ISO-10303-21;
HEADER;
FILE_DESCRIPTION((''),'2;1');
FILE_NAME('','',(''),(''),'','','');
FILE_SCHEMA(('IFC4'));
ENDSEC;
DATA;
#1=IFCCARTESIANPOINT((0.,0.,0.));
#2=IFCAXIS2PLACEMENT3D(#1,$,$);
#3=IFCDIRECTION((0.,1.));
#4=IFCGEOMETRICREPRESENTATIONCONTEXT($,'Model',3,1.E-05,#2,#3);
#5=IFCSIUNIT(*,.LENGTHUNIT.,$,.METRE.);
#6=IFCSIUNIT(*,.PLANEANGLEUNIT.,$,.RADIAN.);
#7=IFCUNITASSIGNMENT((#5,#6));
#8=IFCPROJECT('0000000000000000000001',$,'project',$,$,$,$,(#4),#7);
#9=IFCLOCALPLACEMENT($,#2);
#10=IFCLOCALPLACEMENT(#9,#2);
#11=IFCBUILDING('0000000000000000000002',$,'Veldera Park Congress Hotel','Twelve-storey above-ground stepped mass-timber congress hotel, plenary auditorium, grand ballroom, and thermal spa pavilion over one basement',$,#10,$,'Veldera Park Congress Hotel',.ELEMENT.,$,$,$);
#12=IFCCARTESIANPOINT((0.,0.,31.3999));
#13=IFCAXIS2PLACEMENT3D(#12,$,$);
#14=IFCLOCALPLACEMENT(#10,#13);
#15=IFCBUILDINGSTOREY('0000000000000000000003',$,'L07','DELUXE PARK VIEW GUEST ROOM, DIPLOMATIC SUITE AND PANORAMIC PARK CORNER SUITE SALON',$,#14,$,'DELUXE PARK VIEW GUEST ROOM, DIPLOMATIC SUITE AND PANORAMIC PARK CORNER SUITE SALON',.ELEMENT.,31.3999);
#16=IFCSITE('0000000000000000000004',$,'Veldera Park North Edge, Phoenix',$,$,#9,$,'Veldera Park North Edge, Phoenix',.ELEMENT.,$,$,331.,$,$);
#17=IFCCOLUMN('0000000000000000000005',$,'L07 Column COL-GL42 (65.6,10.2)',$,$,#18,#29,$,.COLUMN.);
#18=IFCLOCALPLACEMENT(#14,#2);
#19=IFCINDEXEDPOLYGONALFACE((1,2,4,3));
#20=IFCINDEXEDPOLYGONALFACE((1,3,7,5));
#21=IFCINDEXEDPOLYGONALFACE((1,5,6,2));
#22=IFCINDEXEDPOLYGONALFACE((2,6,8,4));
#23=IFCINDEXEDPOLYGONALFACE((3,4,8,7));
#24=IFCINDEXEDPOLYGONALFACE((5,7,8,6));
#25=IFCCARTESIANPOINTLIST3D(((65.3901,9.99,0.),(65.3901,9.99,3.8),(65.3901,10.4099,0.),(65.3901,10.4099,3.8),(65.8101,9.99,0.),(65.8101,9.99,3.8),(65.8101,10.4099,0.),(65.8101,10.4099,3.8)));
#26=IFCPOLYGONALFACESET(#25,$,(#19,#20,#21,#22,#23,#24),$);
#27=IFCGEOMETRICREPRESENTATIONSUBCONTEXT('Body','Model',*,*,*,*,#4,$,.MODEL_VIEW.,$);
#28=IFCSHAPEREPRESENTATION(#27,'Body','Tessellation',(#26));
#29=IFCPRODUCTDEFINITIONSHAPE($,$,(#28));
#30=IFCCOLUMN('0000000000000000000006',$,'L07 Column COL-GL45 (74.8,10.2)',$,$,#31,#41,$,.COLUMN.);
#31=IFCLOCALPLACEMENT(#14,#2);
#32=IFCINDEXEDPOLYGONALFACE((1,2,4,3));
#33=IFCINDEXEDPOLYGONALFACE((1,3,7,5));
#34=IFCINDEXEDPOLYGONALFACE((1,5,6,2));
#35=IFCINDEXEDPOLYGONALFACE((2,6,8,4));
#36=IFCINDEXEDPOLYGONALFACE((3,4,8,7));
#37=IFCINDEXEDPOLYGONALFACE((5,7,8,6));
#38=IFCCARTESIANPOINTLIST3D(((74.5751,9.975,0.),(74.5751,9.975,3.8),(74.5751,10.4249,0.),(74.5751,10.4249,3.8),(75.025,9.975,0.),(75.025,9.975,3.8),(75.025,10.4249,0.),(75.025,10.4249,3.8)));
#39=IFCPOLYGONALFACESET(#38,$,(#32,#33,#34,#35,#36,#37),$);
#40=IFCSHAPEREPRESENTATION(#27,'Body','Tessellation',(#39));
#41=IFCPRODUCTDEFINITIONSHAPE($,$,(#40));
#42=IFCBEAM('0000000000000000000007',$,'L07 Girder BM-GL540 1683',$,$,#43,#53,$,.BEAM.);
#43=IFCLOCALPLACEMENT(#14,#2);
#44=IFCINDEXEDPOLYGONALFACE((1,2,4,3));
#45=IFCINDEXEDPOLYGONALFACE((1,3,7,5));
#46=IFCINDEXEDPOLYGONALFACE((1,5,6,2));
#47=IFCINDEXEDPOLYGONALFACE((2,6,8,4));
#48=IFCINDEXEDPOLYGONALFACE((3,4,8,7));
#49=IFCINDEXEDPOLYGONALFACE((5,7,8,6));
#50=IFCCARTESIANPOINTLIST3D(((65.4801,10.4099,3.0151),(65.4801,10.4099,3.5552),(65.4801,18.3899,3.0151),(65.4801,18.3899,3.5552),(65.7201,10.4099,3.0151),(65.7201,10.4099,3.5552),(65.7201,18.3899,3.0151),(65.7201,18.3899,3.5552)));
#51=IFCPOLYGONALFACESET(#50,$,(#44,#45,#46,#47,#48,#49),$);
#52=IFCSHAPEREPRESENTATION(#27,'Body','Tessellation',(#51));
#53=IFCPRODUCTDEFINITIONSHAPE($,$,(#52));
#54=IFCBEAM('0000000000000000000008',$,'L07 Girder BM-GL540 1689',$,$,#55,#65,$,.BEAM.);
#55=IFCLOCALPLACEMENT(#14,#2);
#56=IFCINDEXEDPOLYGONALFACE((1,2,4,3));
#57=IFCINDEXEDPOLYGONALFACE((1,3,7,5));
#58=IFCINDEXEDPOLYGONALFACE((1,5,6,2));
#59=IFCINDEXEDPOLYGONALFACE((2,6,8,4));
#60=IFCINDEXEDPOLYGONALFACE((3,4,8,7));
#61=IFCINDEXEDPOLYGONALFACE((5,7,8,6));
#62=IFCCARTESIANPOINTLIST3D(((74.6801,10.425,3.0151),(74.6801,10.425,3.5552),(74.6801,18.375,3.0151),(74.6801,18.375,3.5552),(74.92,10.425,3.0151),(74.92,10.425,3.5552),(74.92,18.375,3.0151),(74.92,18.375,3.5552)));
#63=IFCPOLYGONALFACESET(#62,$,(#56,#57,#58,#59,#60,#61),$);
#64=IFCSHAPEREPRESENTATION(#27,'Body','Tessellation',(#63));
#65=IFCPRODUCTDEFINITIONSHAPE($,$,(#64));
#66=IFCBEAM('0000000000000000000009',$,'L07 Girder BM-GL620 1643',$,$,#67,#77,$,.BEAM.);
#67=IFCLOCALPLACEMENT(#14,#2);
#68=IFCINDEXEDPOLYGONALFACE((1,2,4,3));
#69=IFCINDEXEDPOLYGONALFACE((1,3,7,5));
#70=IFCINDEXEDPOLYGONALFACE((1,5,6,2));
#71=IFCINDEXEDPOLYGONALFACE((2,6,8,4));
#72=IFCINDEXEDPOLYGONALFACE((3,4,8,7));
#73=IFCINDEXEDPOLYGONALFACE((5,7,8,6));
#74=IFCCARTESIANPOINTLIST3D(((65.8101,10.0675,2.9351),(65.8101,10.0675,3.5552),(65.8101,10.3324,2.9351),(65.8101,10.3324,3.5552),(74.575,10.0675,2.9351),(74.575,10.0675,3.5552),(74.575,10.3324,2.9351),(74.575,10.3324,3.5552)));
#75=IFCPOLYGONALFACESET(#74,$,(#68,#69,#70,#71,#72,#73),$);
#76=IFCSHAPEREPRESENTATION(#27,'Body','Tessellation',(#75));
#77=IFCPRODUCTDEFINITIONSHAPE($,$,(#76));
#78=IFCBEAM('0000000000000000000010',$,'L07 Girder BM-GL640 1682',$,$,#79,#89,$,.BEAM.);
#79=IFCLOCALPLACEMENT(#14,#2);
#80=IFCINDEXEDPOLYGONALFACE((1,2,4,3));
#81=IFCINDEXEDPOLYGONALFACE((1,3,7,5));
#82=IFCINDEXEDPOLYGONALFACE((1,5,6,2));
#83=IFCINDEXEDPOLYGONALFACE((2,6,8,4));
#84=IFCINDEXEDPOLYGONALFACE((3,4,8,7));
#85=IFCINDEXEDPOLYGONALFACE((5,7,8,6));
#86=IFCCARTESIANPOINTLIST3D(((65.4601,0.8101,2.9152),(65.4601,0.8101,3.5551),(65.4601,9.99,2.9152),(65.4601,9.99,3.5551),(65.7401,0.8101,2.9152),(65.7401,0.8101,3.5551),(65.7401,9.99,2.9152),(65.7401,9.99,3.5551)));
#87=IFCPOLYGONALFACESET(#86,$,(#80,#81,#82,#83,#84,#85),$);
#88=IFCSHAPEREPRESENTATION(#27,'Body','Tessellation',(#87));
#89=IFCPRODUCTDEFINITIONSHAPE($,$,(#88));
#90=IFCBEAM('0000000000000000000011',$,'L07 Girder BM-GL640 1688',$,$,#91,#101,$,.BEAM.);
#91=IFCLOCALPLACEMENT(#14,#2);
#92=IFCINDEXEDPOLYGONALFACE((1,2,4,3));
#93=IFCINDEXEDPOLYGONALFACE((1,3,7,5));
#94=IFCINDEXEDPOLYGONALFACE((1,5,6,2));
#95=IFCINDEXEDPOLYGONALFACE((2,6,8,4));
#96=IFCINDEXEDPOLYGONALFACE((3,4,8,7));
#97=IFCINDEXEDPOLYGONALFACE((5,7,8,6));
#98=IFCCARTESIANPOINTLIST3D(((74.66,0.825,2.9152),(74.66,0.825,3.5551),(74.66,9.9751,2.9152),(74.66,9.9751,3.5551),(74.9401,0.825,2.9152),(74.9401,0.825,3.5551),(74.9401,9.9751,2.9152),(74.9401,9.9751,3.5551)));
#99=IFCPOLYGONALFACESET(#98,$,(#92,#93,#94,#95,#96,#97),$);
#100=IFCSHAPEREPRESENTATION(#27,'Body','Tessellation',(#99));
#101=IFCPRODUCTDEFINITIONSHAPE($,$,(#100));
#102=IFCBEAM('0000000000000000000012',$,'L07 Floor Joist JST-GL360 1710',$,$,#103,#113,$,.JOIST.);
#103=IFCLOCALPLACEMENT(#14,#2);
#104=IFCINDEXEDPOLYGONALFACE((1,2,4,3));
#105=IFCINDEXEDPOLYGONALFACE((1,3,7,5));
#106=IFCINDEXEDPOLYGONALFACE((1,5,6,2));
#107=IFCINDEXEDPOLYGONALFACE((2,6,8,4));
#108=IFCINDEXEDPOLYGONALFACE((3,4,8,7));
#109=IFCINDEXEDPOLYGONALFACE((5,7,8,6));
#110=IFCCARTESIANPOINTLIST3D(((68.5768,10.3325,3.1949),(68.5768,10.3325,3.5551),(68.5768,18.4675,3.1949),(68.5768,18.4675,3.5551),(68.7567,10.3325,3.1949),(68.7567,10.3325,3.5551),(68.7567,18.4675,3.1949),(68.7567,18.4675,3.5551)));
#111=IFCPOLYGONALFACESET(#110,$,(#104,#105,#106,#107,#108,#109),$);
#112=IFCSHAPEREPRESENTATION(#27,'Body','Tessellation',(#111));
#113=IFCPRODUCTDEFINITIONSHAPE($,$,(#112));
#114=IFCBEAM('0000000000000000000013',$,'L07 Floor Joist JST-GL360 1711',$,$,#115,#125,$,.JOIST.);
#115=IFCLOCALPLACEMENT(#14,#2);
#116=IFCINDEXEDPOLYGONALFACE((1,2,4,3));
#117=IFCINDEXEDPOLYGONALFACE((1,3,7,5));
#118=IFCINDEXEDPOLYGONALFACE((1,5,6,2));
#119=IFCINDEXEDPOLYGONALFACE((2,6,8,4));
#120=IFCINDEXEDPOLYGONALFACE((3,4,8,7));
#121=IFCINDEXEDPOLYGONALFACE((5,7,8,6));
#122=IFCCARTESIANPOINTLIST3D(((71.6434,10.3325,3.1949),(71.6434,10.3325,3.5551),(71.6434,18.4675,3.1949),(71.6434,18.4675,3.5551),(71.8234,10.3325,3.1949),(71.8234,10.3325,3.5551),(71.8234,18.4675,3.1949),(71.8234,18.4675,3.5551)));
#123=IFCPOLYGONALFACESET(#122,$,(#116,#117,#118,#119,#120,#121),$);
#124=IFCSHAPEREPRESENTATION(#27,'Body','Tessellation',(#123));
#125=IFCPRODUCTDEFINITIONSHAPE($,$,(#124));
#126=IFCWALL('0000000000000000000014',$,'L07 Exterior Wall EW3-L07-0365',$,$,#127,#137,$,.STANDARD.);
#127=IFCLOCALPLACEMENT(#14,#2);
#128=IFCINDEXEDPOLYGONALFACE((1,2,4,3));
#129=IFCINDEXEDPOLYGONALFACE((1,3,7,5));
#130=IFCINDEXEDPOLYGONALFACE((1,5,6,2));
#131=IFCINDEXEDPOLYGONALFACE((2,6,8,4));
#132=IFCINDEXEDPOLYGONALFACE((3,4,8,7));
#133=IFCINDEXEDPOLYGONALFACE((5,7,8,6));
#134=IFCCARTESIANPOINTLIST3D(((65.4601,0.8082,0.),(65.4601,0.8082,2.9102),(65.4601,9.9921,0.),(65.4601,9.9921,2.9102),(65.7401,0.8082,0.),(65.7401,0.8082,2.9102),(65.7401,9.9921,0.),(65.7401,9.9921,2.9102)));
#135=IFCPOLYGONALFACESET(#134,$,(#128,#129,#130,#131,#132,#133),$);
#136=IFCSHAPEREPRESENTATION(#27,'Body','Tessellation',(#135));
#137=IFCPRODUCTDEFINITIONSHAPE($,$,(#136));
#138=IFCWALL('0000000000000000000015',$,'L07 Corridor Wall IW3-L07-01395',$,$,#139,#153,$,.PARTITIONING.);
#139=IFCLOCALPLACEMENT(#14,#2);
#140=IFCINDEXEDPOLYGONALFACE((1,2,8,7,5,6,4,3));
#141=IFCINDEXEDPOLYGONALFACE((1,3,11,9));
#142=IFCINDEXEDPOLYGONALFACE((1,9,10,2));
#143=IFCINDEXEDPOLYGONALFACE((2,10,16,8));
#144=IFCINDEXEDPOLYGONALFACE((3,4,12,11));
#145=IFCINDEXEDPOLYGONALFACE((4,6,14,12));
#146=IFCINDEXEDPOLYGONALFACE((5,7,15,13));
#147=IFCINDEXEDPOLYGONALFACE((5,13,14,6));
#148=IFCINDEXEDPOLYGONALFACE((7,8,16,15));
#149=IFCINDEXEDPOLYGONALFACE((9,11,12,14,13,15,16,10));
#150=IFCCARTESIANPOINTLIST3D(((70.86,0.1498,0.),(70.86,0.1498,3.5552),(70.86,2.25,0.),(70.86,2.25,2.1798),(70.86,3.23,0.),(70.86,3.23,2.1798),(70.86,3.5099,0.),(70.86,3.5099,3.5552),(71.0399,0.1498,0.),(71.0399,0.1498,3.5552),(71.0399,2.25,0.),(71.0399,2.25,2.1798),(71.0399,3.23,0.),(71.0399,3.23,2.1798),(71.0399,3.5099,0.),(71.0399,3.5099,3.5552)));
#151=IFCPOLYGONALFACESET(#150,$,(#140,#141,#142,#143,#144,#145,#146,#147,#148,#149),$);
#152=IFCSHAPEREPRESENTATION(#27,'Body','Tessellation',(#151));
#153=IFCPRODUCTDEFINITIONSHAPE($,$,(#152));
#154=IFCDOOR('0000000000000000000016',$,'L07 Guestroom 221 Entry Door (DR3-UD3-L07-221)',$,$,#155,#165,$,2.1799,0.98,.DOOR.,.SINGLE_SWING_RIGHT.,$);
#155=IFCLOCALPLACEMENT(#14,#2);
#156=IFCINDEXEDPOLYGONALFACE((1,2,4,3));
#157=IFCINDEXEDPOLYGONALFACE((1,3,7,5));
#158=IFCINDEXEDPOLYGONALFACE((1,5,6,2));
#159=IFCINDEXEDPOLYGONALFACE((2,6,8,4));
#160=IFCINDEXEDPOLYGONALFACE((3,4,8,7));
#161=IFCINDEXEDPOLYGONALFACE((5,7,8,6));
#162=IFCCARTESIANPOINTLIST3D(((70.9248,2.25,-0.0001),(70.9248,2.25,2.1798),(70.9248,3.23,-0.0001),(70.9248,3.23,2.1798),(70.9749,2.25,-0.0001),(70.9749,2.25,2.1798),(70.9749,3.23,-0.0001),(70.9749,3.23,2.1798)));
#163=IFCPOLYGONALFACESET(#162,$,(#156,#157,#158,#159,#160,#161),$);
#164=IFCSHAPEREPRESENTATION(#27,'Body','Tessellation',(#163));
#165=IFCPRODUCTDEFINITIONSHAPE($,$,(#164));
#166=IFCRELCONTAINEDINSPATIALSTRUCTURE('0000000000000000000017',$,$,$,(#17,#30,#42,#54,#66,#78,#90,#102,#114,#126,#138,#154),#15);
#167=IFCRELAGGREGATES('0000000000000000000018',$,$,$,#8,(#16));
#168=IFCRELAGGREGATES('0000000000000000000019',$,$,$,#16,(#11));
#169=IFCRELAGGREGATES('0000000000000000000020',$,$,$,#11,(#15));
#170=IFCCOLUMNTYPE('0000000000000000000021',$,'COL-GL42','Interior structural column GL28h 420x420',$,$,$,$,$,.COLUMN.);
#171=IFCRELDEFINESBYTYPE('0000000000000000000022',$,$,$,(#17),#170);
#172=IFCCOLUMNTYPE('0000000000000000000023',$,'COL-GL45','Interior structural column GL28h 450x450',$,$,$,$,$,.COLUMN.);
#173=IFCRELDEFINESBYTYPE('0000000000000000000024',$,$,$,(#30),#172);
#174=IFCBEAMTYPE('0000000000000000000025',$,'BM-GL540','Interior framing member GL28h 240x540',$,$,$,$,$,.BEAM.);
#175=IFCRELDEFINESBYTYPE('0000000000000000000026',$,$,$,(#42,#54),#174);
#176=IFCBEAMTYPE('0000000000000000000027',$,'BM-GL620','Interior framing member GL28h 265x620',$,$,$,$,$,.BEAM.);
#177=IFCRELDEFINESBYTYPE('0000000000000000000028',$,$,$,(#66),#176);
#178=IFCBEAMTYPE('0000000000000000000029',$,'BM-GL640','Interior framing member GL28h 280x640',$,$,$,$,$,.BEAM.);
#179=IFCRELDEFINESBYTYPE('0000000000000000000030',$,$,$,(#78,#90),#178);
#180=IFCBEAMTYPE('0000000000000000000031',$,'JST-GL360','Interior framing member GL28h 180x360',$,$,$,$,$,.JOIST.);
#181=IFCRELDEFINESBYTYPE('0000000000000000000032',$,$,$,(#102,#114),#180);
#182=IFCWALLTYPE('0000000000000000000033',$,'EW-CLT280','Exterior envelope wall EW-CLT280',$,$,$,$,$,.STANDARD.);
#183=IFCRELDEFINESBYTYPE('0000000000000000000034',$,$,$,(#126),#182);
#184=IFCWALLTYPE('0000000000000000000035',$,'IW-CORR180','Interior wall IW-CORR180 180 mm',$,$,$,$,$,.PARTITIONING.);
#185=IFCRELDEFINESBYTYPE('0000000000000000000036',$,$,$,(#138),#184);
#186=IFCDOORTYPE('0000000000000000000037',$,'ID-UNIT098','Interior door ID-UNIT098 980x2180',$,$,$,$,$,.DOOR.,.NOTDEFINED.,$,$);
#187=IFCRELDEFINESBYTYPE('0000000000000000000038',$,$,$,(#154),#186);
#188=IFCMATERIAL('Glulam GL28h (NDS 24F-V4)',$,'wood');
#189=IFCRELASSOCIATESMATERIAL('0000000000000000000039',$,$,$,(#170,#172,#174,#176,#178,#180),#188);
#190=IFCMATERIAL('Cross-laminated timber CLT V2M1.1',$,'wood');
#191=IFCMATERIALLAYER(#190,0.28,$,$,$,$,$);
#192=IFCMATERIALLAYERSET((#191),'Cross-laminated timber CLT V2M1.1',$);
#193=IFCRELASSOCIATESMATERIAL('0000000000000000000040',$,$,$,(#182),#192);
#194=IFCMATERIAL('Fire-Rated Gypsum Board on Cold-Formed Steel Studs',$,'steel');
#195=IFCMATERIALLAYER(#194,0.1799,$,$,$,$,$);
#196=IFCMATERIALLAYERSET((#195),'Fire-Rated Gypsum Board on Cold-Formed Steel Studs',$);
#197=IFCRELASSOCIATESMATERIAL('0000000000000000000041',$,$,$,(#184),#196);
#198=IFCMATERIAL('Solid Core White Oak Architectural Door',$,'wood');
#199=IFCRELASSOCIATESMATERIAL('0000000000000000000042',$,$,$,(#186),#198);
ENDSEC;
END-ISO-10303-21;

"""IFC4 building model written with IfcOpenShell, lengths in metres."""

from ifc_helpers import new_model, si_unit, direction, frame, frame_2d, origin, origin_2d, place, context, subcontext, project, spatial, rectangle, extrude, material, layer, layer_set, material_profile, profile_set, type_object, element, fill, save


model = new_model("IFC4")

# Units and contexts
model_context = context("Model", 3, precision=1e-05, world=origin(), true_north=direction((0.0, 1.0)))
body_context = subcontext(model_context, "Body", "Model", "MODEL_VIEW")
ifc_project = project(units=[si_unit("LENGTHUNIT", "METRE"), si_unit("PLANEANGLEUNIT", "RADIAN")], contexts=[model_context])

# Site, building, storey
site_placement = place(None, origin())
site = spatial("IfcSite", under=ifc_project, at=site_placement, Name="Veldera Park North Edge, Phoenix", LongName="Veldera Park North Edge, Phoenix", CompositionType="ELEMENT", RefElevation=331.0)
building_placement = place(site_placement, origin())
building = spatial("IfcBuilding", under=site, at=building_placement, Name="Veldera Park Congress Hotel", Description="Twelve-storey above-ground stepped mass-timber congress hotel, plenary auditorium, grand ballroom, and thermal spa pavilion over one basement", LongName="Veldera Park Congress Hotel", CompositionType="ELEMENT")
storey_placement = place(building_placement, frame((0.0, 0.0, 31.3999)))
storey = spatial("IfcBuildingStorey", under=building, at=storey_placement, Name="L07", Description="DELUXE PARK VIEW GUEST ROOM, DIPLOMATIC SUITE AND PANORAMIC PARK CORNER SUITE SALON", LongName="DELUXE PARK VIEW GUEST ROOM, DIPLOMATIC SUITE AND PANORAMIC PARK CORNER SUITE SALON", CompositionType="ELEMENT", Elevation=31.3999)

# Columns
ifc_material_1 = material(Name="Glulam GL28h (NDS 24F-V4)", Category="wood")
ifc_material_profile_1 = material_profile(ifc_material_1, rectangle(XDim=0.4199, YDim=0.4199, at=origin_2d()), Name="GL28h 420x420")
ifc_profile_set_1 = profile_set([ifc_material_profile_1], Name="Glulam GL28h (NDS 24F-V4)")
column_type_1 = type_object("IfcColumnType", Name="COL-GL42", Description="Interior structural column GL28h 420x420", PredefinedType="COLUMN", material=ifc_profile_set_1)
column_1_placement = place(storey_placement, frame((65.6001, 10.2, 0.0), z_axis=(0.0, 0.0, 1.0), x_axis=(1.0, 0.0, 0.0)))
element("IfcColumn", 1, at=column_1_placement, inside=storey, type_object=column_type_1, Name="L07 Column COL-GL42 (65.6,10.2)", PredefinedType="COLUMN", context=body_context, shape_type="SweptSolid", body=[
    extrude(rectangle(XDim=0.4199, YDim=0.4199, at=origin_2d()), origin(), (0.0, 0.0, 1.0), 3.8),
])
ifc_material_profile_2 = material_profile(ifc_material_1, rectangle(XDim=0.45, YDim=0.45, at=origin_2d()), Name="GL28h 450x450")
ifc_profile_set_2 = profile_set([ifc_material_profile_2], Name="Glulam GL28h (NDS 24F-V4)")
column_type_2 = type_object("IfcColumnType", Name="COL-GL45", Description="Interior structural column GL28h 450x450", PredefinedType="COLUMN", material=ifc_profile_set_2)
column_2_placement = place(storey_placement, frame((74.8, 10.2, 0.0), z_axis=(0.0, 0.0, 1.0), x_axis=(1.0, 0.0, 0.0)))
element("IfcColumn", 2, at=column_2_placement, inside=storey, type_object=column_type_2, Name="L07 Column COL-GL45 (74.8,10.2)", PredefinedType="COLUMN", context=body_context, shape_type="SweptSolid", body=[
    extrude(rectangle(XDim=0.45, YDim=0.45, at=origin_2d()), origin(), (0.0, 0.0, 1.0), 3.8),
])

# Beams
ifc_material_profile_3 = material_profile(ifc_material_1, rectangle(XDim=0.24, YDim=0.54, at=origin_2d()), Name="GL28h 240x540")
ifc_profile_set_3 = profile_set([ifc_material_profile_3], Name="Glulam GL28h (NDS 24F-V4)")
beam_type_1 = type_object("IfcBeamType", Name="BM-GL540", Description="Interior framing member GL28h 240x540", PredefinedType="BEAM", material=ifc_profile_set_3)
beam_1_placement = place(storey_placement, frame((65.6001, 10.4099, 3.2852), z_axis=(0.0, 1.0, 0.0), x_axis=(-1.0, 0.0, 0.0)))
element("IfcBeam", 3, at=beam_1_placement, inside=storey, type_object=beam_type_1, Name="L07 Girder BM-GL540 1683", PredefinedType="BEAM", context=body_context, shape_type="SweptSolid", body=[
    extrude(rectangle(XDim=0.24, YDim=0.54, at=origin_2d()), origin(), (0.0, 0.0, 1.0), 7.98),
])
beam_2_placement = place(storey_placement, frame((74.8, 10.425, 3.2852), z_axis=(0.0, 1.0, 0.0), x_axis=(-1.0, 0.0, 0.0)))
element("IfcBeam", 4, at=beam_2_placement, inside=storey, type_object=beam_type_1, Name="L07 Girder BM-GL540 1689", PredefinedType="BEAM", context=body_context, shape_type="SweptSolid", body=[
    extrude(rectangle(XDim=0.24, YDim=0.54, at=origin_2d()), origin(), (0.0, 0.0, 1.0), 7.95),
])
ifc_material_profile_4 = material_profile(ifc_material_1, rectangle(XDim=0.2649, YDim=0.6201, at=origin_2d()), Name="GL28h 265x620")
ifc_profile_set_4 = profile_set([ifc_material_profile_4], Name="Glulam GL28h (NDS 24F-V4)")
beam_type_2 = type_object("IfcBeamType", Name="BM-GL620", Description="Interior framing member GL28h 265x620", PredefinedType="BEAM", material=ifc_profile_set_4)
beam_3_placement = place(storey_placement, frame((65.8101, 10.2, 3.2451), z_axis=(1.0, 0.0, 0.0), x_axis=(0.0, 1.0, 0.0)))
element("IfcBeam", 5, at=beam_3_placement, inside=storey, type_object=beam_type_2, Name="L07 Girder BM-GL620 1643", PredefinedType="BEAM", context=body_context, shape_type="SweptSolid", body=[
    extrude(rectangle(XDim=0.2649, YDim=0.6201, at=origin_2d()), origin(), (0.0, 0.0, 1.0), 8.7649),
])
ifc_material_profile_5 = material_profile(ifc_material_1, rectangle(XDim=0.28, YDim=0.6399, at=origin_2d()), Name="GL28h 280x640")
ifc_profile_set_5 = profile_set([ifc_material_profile_5], Name="Glulam GL28h (NDS 24F-V4)")
beam_type_3 = type_object("IfcBeamType", Name="BM-GL640", Description="Interior framing member GL28h 280x640", PredefinedType="BEAM", material=ifc_profile_set_5)
beam_4_placement = place(storey_placement, frame((65.6001, 0.8101, 3.2351), z_axis=(0.0, 1.0, 0.0), x_axis=(-1.0, 0.0, 0.0)))
element("IfcBeam", 6, at=beam_4_placement, inside=storey, type_object=beam_type_3, Name="L07 Girder BM-GL640 1682", PredefinedType="BEAM", context=body_context, shape_type="SweptSolid", body=[
    extrude(rectangle(XDim=0.28, YDim=0.6399, at=origin_2d()), origin(), (0.0, 0.0, 1.0), 9.1799),
])
beam_5_placement = place(storey_placement, frame((74.8, 0.825, 3.2351), z_axis=(0.0, 1.0, 0.0), x_axis=(-1.0, 0.0, 0.0)))
element("IfcBeam", 7, at=beam_5_placement, inside=storey, type_object=beam_type_3, Name="L07 Girder BM-GL640 1688", PredefinedType="BEAM", context=body_context, shape_type="SweptSolid", body=[
    extrude(rectangle(XDim=0.28, YDim=0.6399, at=origin_2d()), origin(), (0.0, 0.0, 1.0), 9.1501),
])
ifc_material_profile_6 = material_profile(ifc_material_1, rectangle(XDim=0.1799, YDim=0.3601, at=origin_2d()), Name="GL28h 180x360")
ifc_profile_set_6 = profile_set([ifc_material_profile_6], Name="Glulam GL28h (NDS 24F-V4)")
beam_type_4 = type_object("IfcBeamType", Name="JST-GL360", Description="Interior framing member GL28h 180x360", PredefinedType="JOIST", material=ifc_profile_set_6)
for number, where, z_axis, x_axis, name in (
    (8, (68.6667, 10.3325, 3.375), (0.0, 1.0, 0.0), (-1.0, 0.0, 0.0), "L07 Floor Joist JST-GL360 1710"),
    (9, (71.7334, 10.3325, 3.375), (0.0, 1.0, 0.0), (-1.0, 0.0, 0.0), "L07 Floor Joist JST-GL360 1711"),
):
    element("IfcBeam", number, at=place(storey_placement, frame(where, z_axis=z_axis, x_axis=x_axis)), inside=storey, type_object=beam_type_4, Name=name, PredefinedType="JOIST", context=body_context, shape_type="SweptSolid", body=[
        extrude(rectangle(XDim=0.1799, YDim=0.3601, at=origin_2d()), origin(), (0.0, 0.0, 1.0), 8.135),
    ])

# Wall
ifc_material_2 = material(Name="Cross-laminated timber CLT V2M1.1", Category="wood")
ifc_layer_1 = layer(ifc_material_2, 0.28)
ifc_layer_set_1 = layer_set([ifc_layer_1], Name="Cross-laminated timber CLT V2M1.1")
wall_type_1 = type_object("IfcWallType", Name="EW-CLT280", Description="Exterior envelope wall EW-CLT280", PredefinedType="STANDARD", material=ifc_layer_set_1)
wall_1_placement = place(storey_placement, frame((65.6001, 9.9919, 0.0), z_axis=(0.0, 0.0, 1.0), x_axis=(0.0, -1.0, 0.0)))
element("IfcWall", 10, at=wall_1_placement, inside=storey, type_object=wall_type_1, Name="L07 Exterior Wall EW3-L07-0365", PredefinedType="STANDARD", context=body_context, shape_type="SweptSolid", body=[
    extrude(rectangle(XDim=9.1838, YDim=0.28, at=frame_2d((4.5918, 0.0))), origin(), (0.0, 0.0, 1.0), 2.9102),
])

# Wall, opening, door
ifc_material_3 = material(Name="Fire-Rated Gypsum Board on Cold-Formed Steel Studs", Category="steel")
ifc_layer_2 = layer(ifc_material_3, 0.1799)
ifc_layer_set_2 = layer_set([ifc_layer_2], Name="Fire-Rated Gypsum Board on Cold-Formed Steel Studs")
wall_type_2 = type_object("IfcWallType", Name="IW-CORR180", Description="Interior wall IW-CORR180 180 mm", PredefinedType="PARTITIONING", material=ifc_layer_set_2)
wall_2_placement = place(storey_placement, frame((70.95, 3.51, 0.0), z_axis=(0.0, 0.0, 1.0), x_axis=(0.0, -1.0, 0.0)))
wall_2 = element("IfcWall", 11, at=wall_2_placement, inside=storey, type_object=wall_type_2, Name="L07 Corridor Wall IW3-L07-01395", PredefinedType="PARTITIONING", context=body_context, shape_type="SweptSolid", body=[
    extrude(rectangle(XDim=3.3601, YDim=0.1799, at=frame_2d((1.6802, 0.0))), origin(), (0.0, 0.0, 1.0), 3.5552),
])
opening_1_placement = place(wall_2_placement, frame((0.28, 0.0, 0.0)))
opening_1 = element("IfcOpeningElement", 12, at=opening_1_placement, cuts=wall_2, PredefinedType="OPENING", context=body_context, shape_type="SweptSolid", body=[
    extrude(rectangle(XDim=0.98, YDim=2.1799, at=frame_2d((0.49, 1.0898))), frame((0.0, 0.1021, 0.0), z_axis=(0.0, -1.0, 0.0), x_axis=(1.0, 0.0, 0.0)), (0.0, 0.0, 1.0), 0.2039),
])
ifc_material_4 = material(Name="Solid Core White Oak Architectural Door", Category="wood")
door_type = type_object("IfcDoorType", Name="ID-UNIT098", Description="Interior door ID-UNIT098 980x2180", OperationType="NOTDEFINED", PredefinedType="DOOR", material=ifc_material_4)
door_1_placement = place(opening_1_placement, origin())
door_1 = element("IfcDoor", 13, at=door_1_placement, inside=storey, type_object=door_type, Name="L07 Guestroom 221 Entry Door (DR3-UD3-L07-221)", OperationType="SINGLE_SWING_RIGHT", OverallHeight=2.1799, OverallWidth=0.98, PredefinedType="DOOR", context=body_context, shape_type="SweptSolid", body=[
    extrude(rectangle(XDim=0.98, YDim=2.1799, at=frame_2d((0.49, 1.0898))), frame((0.0, 0.0249, 0.0), z_axis=(0.0, -1.0, 0.0), x_axis=(1.0, 0.0, 0.0)), (0.0, 0.0, 1.0), 0.05),
])
fill(opening_1, door_1)

save(model, "model.ifc")
